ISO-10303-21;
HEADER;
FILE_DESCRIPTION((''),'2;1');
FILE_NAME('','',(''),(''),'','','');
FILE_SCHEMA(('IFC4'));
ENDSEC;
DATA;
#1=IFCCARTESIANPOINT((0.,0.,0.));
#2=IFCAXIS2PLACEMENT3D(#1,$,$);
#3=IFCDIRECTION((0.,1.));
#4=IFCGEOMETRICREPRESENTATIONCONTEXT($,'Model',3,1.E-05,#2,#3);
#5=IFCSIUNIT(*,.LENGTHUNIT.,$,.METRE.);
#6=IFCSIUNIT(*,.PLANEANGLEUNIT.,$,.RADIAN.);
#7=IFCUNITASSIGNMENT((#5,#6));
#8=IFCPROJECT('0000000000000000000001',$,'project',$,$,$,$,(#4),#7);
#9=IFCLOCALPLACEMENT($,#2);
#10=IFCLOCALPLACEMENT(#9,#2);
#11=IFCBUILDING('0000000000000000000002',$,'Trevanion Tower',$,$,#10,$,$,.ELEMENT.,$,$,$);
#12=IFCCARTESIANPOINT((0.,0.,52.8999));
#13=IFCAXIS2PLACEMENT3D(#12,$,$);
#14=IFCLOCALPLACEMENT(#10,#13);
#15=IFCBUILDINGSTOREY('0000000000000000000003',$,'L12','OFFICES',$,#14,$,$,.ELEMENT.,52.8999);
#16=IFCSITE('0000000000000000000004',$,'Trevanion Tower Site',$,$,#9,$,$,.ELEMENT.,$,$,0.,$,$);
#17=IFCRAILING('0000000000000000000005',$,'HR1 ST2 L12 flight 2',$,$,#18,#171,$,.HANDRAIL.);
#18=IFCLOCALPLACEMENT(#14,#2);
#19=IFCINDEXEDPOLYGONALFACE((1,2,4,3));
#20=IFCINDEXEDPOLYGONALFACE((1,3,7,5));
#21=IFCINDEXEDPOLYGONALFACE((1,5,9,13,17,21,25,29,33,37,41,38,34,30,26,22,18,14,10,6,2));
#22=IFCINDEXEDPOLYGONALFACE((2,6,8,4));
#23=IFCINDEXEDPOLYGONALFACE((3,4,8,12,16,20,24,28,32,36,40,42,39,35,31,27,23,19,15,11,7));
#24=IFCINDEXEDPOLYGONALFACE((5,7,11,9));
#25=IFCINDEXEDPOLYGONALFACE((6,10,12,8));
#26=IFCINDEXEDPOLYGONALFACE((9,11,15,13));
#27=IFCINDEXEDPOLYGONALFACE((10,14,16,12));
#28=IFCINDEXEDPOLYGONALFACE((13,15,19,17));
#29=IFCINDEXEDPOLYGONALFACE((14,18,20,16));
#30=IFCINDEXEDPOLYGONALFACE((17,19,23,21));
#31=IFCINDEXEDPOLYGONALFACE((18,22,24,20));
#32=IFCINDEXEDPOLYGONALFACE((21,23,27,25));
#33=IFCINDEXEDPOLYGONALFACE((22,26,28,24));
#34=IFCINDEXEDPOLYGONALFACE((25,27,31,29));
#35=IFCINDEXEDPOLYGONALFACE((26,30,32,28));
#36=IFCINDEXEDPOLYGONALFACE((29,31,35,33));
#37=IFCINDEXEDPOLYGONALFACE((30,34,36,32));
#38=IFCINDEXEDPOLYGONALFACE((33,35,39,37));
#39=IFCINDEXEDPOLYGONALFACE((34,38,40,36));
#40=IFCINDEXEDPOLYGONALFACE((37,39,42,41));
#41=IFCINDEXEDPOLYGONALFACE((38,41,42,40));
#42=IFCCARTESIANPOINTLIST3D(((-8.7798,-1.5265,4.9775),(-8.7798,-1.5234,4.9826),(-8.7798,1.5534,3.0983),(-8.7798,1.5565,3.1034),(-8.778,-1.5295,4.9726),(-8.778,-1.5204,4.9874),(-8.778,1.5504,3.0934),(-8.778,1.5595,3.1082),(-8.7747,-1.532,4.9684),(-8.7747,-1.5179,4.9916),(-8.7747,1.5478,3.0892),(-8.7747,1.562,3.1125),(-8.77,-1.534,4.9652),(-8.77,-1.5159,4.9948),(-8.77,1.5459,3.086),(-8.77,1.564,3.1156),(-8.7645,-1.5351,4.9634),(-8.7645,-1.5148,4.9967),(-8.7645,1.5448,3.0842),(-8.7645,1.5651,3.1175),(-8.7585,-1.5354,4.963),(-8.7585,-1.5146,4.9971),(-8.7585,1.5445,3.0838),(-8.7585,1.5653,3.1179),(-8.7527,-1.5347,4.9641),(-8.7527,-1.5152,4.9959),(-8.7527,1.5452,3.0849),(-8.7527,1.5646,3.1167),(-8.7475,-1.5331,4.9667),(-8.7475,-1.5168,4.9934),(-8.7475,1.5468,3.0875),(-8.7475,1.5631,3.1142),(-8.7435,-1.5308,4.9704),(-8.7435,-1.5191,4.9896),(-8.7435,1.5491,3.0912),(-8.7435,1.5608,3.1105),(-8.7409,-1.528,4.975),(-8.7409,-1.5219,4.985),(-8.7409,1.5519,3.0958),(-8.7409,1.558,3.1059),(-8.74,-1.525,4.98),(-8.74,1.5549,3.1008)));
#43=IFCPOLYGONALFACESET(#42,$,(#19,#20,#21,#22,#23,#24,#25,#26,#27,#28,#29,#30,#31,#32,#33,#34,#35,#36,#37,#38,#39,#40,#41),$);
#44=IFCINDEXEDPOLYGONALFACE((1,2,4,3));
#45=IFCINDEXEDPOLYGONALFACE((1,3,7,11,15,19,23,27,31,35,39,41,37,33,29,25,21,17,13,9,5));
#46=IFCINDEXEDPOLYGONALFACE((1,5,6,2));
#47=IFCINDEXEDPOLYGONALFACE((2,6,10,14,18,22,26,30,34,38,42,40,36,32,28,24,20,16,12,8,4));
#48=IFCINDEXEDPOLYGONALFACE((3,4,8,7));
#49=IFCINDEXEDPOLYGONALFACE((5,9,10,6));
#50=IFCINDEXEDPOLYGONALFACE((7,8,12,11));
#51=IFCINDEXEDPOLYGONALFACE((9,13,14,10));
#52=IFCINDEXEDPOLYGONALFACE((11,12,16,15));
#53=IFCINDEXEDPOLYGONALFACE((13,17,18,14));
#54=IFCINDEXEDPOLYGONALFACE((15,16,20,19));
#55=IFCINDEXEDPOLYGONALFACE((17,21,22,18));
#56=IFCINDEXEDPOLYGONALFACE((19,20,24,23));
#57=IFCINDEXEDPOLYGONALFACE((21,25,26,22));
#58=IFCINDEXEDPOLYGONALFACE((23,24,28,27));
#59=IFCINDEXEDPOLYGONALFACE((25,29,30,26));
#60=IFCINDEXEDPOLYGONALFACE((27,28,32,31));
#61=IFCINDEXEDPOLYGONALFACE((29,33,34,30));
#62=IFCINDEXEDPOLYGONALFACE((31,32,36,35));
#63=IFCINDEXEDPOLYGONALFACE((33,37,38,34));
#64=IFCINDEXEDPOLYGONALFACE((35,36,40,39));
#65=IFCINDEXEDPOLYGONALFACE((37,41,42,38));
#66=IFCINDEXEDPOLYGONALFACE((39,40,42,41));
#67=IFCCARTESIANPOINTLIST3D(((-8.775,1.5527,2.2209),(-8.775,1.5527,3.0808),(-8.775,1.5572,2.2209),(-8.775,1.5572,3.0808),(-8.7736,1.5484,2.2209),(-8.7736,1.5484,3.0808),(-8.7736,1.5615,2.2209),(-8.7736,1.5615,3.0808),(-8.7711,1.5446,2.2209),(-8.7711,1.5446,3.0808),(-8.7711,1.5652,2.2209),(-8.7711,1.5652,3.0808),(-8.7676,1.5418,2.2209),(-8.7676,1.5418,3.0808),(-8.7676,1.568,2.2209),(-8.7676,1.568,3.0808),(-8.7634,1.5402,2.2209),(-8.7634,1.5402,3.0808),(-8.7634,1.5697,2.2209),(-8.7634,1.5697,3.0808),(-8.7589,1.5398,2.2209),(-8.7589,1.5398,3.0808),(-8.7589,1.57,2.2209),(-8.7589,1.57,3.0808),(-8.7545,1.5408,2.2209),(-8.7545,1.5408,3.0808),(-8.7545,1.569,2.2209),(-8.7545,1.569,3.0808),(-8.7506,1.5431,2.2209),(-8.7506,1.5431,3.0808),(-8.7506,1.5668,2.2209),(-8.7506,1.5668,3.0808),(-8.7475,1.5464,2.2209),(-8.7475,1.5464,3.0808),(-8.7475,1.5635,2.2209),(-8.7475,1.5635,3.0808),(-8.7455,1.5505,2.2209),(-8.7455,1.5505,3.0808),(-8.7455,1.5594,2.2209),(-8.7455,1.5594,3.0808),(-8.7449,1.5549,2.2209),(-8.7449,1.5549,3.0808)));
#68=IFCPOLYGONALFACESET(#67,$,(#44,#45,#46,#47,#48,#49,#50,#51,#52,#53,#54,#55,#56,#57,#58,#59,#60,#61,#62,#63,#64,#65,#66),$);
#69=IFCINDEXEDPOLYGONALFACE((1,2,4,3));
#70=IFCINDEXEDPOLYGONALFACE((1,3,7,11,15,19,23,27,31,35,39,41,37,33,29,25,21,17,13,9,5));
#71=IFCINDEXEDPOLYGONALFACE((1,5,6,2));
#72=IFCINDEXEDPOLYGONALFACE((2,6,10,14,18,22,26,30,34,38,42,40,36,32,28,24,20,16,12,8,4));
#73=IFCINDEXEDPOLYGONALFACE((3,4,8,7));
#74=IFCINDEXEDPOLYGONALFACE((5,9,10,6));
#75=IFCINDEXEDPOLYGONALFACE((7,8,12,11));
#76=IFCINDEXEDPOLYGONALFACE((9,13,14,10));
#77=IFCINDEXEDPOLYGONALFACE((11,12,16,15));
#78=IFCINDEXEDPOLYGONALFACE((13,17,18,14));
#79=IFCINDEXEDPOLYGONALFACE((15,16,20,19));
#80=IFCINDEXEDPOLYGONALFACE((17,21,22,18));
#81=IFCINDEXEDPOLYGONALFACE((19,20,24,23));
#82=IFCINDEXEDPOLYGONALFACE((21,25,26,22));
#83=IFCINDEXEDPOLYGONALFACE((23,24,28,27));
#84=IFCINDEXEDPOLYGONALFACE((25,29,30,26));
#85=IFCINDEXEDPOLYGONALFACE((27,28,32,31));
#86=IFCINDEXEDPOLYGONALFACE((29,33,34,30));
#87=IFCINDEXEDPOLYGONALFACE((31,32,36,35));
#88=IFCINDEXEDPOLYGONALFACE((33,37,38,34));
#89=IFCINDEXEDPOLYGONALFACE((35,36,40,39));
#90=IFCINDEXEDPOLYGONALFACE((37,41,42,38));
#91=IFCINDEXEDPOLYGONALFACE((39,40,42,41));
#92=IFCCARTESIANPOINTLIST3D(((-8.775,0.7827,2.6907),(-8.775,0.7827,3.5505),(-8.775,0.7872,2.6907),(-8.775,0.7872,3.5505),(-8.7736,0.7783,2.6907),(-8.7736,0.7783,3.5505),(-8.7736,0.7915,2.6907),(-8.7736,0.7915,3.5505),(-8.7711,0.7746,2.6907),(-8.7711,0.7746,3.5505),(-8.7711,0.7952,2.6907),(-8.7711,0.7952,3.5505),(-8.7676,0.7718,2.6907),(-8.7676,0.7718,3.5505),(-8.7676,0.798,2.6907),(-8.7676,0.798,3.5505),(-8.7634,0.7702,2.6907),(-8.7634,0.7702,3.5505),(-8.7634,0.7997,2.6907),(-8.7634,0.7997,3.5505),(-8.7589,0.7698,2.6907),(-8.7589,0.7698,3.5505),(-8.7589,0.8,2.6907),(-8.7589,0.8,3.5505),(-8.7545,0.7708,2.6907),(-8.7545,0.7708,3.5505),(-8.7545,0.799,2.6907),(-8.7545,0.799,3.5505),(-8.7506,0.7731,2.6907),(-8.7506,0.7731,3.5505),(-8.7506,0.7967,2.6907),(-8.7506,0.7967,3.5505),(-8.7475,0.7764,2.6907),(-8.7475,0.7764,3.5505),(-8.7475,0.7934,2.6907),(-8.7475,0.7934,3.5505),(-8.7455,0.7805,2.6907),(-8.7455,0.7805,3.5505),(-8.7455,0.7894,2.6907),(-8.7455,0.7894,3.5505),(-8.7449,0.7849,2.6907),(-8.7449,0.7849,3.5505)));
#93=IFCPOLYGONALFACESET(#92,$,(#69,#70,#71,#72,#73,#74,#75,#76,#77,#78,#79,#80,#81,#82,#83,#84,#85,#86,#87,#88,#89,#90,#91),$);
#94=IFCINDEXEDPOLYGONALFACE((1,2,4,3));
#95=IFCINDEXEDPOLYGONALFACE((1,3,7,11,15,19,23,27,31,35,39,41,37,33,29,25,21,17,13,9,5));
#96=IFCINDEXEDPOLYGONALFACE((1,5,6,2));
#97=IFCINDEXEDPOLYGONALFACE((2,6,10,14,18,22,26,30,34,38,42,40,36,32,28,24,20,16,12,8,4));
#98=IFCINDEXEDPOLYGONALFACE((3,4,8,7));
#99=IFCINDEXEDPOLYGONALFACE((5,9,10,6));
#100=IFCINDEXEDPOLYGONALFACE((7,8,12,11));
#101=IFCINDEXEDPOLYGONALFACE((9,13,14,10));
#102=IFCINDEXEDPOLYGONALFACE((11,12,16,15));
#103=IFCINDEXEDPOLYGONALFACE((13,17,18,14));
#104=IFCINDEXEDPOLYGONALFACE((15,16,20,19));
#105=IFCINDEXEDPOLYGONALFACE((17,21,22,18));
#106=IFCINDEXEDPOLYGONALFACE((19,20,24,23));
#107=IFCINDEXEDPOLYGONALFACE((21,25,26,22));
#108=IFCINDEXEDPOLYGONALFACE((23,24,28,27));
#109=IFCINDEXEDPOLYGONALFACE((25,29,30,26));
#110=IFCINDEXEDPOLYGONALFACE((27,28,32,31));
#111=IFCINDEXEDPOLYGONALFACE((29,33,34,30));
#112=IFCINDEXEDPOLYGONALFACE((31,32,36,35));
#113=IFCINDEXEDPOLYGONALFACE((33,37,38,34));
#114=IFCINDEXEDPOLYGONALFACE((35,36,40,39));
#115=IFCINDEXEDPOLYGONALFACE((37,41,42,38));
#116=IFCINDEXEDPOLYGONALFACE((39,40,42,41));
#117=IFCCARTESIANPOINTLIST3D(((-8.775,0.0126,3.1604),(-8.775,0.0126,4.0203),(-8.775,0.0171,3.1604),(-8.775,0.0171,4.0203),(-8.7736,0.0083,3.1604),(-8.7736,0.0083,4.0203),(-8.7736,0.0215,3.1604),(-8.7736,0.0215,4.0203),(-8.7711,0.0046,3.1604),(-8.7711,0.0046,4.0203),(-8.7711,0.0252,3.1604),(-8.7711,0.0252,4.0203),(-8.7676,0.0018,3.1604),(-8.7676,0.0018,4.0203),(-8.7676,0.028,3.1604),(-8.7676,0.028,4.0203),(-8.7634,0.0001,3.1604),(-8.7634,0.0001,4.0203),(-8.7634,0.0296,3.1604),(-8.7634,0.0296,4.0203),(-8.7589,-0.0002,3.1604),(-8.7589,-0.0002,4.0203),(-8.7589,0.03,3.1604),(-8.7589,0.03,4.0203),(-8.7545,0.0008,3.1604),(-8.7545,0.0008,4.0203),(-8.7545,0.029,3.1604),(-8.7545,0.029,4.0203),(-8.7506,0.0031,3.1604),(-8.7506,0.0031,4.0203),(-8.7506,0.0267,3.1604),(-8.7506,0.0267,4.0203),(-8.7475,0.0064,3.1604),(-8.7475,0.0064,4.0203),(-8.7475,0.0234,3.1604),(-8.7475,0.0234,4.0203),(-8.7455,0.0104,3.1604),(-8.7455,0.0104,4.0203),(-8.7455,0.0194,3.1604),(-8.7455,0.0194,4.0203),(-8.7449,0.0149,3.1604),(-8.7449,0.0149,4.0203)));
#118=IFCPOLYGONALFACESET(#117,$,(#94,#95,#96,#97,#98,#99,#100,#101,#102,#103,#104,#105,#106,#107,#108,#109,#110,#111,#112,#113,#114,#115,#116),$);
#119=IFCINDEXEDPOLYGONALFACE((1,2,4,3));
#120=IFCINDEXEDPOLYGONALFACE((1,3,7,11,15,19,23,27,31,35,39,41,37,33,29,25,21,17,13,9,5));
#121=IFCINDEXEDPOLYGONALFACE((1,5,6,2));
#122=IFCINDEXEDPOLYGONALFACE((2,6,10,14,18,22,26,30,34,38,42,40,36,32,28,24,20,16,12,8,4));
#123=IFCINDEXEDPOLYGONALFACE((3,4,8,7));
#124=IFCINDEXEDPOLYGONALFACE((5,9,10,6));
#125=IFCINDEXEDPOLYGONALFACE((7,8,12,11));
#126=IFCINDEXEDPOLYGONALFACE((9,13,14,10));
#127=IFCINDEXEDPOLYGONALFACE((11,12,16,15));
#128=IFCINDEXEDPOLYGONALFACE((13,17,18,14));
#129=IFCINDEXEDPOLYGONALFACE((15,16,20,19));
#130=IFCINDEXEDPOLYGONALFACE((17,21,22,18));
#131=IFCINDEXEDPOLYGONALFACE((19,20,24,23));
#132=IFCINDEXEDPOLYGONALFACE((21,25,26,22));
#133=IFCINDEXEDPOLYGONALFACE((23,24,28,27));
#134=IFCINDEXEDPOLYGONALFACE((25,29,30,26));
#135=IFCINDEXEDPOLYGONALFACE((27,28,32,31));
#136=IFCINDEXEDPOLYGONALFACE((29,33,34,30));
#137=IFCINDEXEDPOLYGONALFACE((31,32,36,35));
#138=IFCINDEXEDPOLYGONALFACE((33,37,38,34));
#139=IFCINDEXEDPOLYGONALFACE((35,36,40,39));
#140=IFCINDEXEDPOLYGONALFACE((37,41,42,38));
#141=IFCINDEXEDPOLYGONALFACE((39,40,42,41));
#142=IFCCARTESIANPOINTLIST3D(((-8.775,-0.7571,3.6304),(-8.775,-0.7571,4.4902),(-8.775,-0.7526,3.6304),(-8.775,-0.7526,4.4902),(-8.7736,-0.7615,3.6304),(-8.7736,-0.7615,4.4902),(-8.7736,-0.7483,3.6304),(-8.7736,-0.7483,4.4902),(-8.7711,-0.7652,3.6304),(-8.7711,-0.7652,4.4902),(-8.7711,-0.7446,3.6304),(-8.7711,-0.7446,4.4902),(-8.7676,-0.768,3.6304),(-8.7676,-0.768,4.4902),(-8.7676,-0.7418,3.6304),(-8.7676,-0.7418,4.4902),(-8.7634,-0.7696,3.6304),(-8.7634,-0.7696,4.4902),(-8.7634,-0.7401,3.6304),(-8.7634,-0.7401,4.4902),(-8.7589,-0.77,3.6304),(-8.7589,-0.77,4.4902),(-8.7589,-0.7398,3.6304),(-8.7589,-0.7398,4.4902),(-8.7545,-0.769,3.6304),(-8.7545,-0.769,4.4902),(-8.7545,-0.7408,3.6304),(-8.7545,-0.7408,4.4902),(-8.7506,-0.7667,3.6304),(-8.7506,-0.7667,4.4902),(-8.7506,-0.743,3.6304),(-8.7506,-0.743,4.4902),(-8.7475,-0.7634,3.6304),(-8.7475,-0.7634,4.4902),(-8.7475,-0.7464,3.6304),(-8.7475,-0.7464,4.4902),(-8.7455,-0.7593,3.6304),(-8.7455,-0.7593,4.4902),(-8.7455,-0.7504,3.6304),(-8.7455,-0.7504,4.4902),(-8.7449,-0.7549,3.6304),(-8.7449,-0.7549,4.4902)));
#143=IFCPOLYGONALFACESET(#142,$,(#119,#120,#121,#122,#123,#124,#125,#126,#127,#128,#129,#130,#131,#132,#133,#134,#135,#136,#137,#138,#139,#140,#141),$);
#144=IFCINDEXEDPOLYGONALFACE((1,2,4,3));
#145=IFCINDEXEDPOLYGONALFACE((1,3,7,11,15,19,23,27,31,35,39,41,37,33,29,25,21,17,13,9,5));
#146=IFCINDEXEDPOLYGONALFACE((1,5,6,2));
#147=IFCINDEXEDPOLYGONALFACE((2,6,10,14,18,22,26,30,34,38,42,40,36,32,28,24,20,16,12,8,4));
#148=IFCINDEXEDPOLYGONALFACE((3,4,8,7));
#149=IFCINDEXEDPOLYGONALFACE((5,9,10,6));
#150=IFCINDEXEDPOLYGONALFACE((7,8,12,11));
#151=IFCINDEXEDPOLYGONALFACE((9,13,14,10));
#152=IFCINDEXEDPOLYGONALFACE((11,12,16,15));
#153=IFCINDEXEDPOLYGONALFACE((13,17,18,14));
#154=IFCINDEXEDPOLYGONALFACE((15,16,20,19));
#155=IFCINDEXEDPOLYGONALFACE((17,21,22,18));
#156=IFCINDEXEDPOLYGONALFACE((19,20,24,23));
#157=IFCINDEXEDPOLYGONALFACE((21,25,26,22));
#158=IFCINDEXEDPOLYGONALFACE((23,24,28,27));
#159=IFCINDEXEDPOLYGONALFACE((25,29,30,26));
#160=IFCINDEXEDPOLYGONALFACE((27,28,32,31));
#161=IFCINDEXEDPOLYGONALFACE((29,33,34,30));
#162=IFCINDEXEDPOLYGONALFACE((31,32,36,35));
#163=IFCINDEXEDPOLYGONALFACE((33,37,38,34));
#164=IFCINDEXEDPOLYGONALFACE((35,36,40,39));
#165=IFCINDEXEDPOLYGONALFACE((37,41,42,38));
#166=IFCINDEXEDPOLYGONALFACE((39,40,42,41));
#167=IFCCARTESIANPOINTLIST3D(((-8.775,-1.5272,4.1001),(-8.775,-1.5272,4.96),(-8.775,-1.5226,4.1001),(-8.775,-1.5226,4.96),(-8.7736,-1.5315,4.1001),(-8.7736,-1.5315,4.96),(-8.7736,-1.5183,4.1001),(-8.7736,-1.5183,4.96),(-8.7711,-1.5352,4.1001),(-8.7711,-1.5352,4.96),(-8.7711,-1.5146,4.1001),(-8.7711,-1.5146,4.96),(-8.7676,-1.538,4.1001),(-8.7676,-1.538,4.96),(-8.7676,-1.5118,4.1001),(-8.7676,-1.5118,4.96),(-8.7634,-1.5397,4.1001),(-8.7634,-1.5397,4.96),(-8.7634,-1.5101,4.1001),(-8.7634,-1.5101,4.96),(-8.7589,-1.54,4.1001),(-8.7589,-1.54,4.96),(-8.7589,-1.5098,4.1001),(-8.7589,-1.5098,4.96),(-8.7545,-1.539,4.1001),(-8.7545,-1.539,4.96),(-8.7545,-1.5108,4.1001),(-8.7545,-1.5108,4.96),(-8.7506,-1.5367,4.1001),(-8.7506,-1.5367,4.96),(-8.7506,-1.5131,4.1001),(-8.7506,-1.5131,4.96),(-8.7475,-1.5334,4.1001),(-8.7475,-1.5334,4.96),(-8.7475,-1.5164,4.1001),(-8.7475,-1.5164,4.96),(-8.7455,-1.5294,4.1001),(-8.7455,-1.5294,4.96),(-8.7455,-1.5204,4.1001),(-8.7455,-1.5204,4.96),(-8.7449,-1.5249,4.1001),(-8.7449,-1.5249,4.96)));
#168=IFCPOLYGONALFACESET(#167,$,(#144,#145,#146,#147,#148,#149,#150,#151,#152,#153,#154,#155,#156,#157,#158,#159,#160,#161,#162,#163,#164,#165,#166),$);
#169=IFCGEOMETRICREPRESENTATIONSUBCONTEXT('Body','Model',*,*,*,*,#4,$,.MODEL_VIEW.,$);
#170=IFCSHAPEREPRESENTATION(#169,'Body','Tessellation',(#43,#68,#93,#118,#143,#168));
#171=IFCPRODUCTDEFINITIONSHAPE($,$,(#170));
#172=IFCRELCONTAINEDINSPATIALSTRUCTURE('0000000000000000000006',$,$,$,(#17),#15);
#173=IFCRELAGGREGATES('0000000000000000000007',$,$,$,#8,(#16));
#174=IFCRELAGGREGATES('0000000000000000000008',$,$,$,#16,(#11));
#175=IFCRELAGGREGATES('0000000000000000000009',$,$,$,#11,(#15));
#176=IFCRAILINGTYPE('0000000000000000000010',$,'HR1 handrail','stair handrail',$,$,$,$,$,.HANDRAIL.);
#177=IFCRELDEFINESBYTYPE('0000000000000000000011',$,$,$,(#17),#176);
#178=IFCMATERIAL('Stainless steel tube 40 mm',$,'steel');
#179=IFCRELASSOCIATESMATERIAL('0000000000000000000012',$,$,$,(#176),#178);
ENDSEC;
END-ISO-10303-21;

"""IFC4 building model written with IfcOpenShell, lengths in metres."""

from ifc_helpers import new_model, si_unit, direction, frame, origin, origin_2d, place, context, subcontext, project, spatial, circle, extrude, material, type_object, element, save


model = new_model("IFC4")

# Units and contexts
model_context = context("Model", 3, precision=1e-05, world=origin(), true_north=direction((0.0, 1.0)))
body_context = subcontext(model_context, "Body", "Model", "MODEL_VIEW")
ifc_project = project(units=[si_unit("LENGTHUNIT", "METRE"), si_unit("PLANEANGLEUNIT", "RADIAN")], contexts=[model_context])

# Site, building, storey
site_placement = place(None, origin())
site = spatial("IfcSite", under=ifc_project, at=site_placement, Name="Trevanion Tower Site", CompositionType="ELEMENT", RefElevation=0.0)
building_placement = place(site_placement, origin())
building = spatial("IfcBuilding", under=site, at=building_placement, Name="Trevanion Tower", CompositionType="ELEMENT")
storey_placement = place(building_placement, frame((0.0, 0.0, 52.8999)))
storey = spatial("IfcBuildingStorey", under=building, at=storey_placement, Name="L12", Description="OFFICES", CompositionType="ELEMENT", Elevation=52.8999)

# Railing
ifc_material_1 = material(Name="Stainless steel tube 40 mm", Category="steel")
railing_type = type_object("IfcRailingType", Name="HR1 handrail", Description="stair handrail", PredefinedType="HANDRAIL", material=ifc_material_1)
for number, where, name in (
    (1, (-8.76, 1.5549, 2.2209), "HR1 ST2 L12 flight 2"),
):
    element("IfcRailing", number, at=place(storey_placement, frame(where)), inside=storey, type_object=railing_type, Name=name, PredefinedType="HANDRAIL", context=body_context, shape_type="SweptSolid", body=[
        extrude(circle(Radius=0.02, at=origin_2d()), frame((0.0, 0.0, 0.8799), z_axis=(0.0, -0.853648, 0.52085), x_axis=(1.0, 0.0, 0.0)), (0.0, 0.0, 1.0), 3.6079),
        extrude(circle(Radius=0.0151, at=origin_2d()), origin(), (0.0, 0.0, 1.0), 0.8599),
        extrude(circle(Radius=0.0151, at=origin_2d()), frame((0.0, -0.77, 0.4697)), (0.0, 0.0, 1.0), 0.8599),
        extrude(circle(Radius=0.0151, at=origin_2d()), frame((0.0, -1.54, 0.9395)), (0.0, 0.0, 1.0), 0.8599),
        extrude(circle(Radius=0.0151, at=origin_2d()), frame((0.0, -2.3098, 1.4094)), (0.0, 0.0, 1.0), 0.8599),
        extrude(circle(Radius=0.0151, at=origin_2d()), frame((0.0, -3.0798, 1.8792)), (0.0, 0.0, 1.0), 0.8599),
    ])

save(model, "model.ifc")
